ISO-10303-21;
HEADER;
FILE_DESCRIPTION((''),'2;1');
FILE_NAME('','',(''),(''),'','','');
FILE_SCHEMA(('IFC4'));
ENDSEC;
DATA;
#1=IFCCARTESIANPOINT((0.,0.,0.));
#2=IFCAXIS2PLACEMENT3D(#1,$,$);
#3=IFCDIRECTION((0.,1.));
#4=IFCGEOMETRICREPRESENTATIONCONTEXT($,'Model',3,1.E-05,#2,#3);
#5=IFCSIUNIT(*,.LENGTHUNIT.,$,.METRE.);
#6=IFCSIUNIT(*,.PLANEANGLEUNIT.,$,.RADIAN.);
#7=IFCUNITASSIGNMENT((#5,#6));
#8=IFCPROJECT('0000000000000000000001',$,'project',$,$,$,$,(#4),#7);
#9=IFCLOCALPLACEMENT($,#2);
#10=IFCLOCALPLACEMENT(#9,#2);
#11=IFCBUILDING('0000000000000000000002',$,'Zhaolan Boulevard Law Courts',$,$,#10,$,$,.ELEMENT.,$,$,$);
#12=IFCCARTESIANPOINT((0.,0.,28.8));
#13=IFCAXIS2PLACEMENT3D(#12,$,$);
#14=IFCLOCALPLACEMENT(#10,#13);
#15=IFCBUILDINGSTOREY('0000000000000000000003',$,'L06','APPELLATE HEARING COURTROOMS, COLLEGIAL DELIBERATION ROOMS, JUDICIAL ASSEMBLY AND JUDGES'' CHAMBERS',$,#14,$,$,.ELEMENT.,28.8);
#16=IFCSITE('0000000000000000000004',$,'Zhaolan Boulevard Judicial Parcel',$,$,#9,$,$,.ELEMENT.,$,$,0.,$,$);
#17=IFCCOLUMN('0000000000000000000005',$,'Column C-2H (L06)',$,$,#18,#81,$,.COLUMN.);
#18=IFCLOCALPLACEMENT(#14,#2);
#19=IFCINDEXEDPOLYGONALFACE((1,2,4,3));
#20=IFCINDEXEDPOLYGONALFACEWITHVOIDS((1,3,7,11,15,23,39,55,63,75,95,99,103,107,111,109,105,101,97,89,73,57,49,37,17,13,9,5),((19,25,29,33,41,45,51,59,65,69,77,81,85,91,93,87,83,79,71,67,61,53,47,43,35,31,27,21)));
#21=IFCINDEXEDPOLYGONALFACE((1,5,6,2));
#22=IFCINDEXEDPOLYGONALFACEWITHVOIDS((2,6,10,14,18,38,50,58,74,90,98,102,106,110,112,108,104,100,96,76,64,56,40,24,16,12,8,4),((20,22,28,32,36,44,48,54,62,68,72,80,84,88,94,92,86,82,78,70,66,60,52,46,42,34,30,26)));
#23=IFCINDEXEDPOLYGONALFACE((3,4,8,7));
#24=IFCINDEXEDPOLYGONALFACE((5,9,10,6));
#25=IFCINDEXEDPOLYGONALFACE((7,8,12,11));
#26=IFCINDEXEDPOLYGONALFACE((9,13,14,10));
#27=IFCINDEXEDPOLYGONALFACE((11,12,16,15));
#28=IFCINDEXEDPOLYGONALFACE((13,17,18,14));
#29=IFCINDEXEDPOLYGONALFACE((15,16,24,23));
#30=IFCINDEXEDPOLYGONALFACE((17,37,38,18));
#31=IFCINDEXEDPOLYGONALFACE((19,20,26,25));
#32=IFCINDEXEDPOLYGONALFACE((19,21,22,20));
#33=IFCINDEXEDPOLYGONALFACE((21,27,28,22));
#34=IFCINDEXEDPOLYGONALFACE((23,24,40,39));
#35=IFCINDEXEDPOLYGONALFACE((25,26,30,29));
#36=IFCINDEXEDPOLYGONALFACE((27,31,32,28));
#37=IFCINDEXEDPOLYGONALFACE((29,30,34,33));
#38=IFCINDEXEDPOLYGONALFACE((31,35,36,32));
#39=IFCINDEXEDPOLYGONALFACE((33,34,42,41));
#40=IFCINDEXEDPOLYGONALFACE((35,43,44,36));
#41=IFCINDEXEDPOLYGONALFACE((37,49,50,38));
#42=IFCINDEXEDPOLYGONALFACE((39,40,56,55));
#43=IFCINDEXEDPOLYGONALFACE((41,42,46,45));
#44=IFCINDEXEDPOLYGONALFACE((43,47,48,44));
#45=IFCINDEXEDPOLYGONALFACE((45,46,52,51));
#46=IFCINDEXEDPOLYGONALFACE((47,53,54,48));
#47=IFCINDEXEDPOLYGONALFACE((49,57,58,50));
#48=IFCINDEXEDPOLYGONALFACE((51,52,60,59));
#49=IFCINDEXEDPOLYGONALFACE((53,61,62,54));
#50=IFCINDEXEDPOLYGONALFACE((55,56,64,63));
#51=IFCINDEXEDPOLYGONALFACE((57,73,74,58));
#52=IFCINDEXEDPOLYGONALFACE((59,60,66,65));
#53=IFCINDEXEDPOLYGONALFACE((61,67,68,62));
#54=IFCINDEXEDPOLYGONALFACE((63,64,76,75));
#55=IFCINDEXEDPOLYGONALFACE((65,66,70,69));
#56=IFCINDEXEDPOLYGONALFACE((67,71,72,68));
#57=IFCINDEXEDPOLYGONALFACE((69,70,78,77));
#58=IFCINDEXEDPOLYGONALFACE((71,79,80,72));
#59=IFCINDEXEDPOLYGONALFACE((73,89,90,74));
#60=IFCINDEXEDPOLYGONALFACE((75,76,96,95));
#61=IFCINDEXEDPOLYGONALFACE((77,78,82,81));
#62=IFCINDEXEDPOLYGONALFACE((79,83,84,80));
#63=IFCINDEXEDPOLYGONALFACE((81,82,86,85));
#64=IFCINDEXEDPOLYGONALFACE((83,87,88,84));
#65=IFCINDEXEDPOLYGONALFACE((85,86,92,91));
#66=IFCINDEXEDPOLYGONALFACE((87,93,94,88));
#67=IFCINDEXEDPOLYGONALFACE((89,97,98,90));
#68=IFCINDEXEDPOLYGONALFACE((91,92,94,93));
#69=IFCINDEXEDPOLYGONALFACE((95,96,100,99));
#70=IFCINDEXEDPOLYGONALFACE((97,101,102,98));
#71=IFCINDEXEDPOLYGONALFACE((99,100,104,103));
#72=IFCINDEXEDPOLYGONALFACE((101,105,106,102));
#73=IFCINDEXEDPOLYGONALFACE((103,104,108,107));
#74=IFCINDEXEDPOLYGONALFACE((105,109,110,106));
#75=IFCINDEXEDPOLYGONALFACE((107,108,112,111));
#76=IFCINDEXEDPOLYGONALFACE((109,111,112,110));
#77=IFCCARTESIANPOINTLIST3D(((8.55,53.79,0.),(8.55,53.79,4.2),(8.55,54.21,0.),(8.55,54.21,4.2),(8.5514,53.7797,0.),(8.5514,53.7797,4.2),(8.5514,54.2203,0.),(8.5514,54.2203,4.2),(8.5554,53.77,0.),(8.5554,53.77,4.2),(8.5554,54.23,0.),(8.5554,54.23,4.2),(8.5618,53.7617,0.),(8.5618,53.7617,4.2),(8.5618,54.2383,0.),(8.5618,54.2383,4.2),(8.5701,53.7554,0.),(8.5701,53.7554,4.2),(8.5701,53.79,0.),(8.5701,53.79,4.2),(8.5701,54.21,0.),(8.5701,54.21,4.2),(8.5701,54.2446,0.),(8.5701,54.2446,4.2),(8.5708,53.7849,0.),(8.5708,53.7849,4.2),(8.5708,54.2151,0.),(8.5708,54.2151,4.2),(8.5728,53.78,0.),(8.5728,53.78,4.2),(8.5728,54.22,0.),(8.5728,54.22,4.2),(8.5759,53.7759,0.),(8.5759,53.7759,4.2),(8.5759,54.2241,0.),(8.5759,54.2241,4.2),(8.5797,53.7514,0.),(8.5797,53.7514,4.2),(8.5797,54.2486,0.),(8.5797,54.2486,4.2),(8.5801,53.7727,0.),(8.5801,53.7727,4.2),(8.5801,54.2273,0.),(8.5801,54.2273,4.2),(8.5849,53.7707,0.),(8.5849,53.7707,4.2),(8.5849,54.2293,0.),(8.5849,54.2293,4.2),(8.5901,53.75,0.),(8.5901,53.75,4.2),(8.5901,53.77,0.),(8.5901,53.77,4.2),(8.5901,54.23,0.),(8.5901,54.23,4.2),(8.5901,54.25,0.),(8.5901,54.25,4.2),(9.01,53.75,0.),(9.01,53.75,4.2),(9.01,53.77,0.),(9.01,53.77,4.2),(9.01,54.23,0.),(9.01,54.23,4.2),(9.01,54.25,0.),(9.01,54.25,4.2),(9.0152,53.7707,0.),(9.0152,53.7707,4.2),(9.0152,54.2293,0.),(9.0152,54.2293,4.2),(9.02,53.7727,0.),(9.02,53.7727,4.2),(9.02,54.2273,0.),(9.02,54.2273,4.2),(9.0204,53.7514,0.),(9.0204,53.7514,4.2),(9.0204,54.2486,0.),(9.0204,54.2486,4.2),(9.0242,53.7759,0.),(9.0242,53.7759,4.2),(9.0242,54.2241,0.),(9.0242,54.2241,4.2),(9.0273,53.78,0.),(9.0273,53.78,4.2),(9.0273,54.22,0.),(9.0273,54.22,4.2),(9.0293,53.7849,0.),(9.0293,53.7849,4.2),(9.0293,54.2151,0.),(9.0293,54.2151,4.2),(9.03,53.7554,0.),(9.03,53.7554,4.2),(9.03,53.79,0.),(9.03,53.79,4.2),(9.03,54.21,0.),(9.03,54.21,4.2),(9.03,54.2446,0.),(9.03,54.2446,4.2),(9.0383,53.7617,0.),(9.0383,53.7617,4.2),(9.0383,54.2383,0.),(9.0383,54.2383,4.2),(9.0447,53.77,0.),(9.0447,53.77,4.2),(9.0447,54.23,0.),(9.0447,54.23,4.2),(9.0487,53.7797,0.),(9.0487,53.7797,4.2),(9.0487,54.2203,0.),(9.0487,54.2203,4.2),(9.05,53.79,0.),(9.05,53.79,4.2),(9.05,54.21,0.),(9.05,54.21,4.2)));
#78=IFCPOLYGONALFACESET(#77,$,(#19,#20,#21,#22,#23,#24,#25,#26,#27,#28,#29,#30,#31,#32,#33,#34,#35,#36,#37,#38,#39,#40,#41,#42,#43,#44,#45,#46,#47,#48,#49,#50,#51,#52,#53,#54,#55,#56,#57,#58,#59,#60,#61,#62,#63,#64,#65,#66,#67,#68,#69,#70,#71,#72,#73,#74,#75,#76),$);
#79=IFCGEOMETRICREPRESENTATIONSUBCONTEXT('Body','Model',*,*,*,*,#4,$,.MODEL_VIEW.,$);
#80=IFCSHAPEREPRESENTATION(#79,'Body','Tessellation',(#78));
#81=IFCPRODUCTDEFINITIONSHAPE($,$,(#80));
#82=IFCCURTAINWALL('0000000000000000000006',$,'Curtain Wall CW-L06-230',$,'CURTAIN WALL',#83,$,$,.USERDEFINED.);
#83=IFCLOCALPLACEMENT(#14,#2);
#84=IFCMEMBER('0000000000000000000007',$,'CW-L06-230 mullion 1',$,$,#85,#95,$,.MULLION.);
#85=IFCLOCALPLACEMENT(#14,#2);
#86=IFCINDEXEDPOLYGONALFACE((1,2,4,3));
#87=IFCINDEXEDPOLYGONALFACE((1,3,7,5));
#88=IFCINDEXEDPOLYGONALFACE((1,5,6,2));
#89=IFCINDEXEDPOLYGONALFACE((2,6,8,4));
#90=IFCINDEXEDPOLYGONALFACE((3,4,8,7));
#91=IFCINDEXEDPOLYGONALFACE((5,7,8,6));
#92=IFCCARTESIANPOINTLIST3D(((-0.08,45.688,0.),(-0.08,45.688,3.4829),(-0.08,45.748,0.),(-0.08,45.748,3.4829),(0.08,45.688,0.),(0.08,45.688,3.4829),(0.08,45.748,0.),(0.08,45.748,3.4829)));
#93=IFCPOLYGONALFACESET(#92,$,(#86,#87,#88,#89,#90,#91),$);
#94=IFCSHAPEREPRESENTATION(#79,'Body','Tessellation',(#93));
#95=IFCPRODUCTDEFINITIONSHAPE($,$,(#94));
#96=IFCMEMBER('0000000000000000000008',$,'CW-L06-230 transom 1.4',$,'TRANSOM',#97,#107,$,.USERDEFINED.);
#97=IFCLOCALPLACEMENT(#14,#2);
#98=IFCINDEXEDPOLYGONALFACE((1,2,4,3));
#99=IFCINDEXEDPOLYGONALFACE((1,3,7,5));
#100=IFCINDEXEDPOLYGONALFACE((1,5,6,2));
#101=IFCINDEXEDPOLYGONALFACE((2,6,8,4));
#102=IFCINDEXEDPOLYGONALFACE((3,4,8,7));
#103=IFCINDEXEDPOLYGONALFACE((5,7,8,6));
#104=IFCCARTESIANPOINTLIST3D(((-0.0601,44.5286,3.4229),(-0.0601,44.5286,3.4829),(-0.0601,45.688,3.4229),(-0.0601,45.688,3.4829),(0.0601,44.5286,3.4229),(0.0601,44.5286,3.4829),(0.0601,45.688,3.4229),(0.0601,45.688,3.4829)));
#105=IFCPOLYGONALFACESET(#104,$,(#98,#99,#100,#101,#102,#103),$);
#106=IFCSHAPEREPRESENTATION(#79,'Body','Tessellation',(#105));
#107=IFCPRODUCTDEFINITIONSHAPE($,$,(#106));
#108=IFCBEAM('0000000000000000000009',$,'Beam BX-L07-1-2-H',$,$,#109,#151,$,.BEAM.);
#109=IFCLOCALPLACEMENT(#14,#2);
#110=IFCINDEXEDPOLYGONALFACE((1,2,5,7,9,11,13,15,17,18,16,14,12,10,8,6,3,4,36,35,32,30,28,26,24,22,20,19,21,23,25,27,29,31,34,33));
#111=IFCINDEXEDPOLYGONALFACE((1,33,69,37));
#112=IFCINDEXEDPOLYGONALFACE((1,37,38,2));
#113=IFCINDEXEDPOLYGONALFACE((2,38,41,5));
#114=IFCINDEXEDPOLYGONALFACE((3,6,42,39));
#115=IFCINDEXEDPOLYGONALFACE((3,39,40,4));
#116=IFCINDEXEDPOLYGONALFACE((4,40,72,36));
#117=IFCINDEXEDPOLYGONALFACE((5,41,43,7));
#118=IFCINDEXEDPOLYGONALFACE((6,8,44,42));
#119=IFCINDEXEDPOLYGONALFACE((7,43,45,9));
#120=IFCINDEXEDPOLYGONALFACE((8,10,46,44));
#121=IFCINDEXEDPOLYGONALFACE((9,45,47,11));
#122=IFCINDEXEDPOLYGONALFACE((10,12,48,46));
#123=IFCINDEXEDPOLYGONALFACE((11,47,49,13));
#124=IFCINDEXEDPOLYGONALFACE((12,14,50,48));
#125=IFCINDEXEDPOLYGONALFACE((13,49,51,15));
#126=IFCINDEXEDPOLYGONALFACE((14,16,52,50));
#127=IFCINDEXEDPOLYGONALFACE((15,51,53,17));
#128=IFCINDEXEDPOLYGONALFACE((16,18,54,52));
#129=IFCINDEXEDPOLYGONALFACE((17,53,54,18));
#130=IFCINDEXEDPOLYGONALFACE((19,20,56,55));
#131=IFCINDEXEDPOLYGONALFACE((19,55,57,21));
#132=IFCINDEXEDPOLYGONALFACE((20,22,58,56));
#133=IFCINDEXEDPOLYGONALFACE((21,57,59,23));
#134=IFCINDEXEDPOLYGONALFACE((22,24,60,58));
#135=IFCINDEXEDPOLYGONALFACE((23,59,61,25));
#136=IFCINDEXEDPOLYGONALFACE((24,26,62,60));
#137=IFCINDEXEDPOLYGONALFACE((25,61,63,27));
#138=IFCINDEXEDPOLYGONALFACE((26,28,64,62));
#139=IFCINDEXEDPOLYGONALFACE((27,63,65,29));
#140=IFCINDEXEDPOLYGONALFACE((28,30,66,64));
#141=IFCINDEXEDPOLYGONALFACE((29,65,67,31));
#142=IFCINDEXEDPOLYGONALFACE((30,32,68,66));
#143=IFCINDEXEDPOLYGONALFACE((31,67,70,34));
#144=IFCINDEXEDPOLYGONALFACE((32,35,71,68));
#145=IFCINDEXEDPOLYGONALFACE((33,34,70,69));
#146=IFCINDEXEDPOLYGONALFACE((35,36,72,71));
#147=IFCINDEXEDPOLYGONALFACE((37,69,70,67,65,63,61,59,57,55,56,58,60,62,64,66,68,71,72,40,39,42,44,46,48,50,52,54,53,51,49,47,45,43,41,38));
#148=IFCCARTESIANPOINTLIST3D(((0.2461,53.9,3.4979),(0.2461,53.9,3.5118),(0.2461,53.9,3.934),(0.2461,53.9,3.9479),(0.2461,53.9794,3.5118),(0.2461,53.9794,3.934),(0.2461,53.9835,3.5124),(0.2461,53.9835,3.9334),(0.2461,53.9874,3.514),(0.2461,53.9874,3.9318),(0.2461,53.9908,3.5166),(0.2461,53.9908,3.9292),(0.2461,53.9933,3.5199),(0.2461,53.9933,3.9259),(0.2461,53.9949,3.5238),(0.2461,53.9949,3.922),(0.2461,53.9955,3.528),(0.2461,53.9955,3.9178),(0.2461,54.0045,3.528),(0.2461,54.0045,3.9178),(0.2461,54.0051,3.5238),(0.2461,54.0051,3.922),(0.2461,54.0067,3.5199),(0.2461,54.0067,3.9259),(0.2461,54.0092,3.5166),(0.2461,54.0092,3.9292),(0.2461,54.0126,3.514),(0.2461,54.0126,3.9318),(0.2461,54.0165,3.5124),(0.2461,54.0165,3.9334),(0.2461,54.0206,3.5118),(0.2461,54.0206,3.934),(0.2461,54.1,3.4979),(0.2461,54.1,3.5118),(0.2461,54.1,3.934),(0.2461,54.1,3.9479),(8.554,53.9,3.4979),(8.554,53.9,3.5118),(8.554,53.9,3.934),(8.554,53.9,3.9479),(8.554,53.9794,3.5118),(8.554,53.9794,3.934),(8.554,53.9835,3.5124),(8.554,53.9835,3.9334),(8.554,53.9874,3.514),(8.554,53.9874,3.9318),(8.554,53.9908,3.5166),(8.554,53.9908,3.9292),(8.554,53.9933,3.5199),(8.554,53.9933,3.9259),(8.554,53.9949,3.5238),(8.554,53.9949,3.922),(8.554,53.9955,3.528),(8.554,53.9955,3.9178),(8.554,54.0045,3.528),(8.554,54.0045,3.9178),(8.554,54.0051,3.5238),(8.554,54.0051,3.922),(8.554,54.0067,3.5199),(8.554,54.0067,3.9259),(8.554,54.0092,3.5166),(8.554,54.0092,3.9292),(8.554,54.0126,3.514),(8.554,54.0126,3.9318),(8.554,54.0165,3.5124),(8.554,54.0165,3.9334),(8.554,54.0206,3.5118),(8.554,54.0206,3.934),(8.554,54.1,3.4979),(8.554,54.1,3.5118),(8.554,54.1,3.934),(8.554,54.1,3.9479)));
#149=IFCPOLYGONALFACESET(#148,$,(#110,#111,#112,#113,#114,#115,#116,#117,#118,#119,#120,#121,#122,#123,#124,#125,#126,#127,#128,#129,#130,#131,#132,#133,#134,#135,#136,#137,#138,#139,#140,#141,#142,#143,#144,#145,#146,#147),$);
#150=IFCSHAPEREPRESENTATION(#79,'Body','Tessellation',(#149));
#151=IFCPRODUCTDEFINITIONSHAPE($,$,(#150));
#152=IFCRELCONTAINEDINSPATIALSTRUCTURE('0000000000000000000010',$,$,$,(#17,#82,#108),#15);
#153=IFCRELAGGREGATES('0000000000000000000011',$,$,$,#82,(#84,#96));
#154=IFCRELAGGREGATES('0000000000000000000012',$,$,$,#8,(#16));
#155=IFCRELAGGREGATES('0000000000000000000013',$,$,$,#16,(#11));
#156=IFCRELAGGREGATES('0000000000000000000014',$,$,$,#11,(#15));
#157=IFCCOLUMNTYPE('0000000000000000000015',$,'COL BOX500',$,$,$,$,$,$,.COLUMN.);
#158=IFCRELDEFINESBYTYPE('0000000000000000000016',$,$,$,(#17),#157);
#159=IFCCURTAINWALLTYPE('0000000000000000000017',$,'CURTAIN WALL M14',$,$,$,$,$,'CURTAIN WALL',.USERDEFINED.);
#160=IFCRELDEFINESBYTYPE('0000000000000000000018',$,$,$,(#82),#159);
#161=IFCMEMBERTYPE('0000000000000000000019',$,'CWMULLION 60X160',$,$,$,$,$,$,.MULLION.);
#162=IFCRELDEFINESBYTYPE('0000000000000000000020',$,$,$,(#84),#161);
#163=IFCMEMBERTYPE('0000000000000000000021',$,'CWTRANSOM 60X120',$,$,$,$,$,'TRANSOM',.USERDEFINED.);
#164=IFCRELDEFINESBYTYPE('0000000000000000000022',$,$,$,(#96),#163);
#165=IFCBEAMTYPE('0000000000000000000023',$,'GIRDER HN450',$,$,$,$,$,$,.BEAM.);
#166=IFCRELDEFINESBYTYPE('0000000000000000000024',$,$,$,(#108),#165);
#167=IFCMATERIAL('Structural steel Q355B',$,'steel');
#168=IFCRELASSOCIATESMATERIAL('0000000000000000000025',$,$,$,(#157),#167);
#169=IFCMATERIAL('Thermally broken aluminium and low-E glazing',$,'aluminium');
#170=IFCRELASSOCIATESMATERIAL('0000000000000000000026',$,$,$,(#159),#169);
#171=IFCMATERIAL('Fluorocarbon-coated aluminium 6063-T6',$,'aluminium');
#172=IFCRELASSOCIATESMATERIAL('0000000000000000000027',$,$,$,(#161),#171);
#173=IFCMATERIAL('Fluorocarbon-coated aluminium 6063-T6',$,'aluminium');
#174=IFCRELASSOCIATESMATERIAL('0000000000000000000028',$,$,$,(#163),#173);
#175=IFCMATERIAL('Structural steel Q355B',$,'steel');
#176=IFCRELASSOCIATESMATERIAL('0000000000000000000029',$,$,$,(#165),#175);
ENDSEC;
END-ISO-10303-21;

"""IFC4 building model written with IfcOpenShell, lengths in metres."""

from ifc_helpers import new_model, si_unit, direction, frame, origin, origin_2d, place, context, subcontext, project, spatial, rectangle, hollow_rectangle, i_section, extrude, material, material_profile, profile_set, type_object, element, aggregate, save


model = new_model("IFC4")

# Units and contexts
model_context = context("Model", 3, precision=1e-05, world=origin(), true_north=direction((0.0, 1.0)))
body_context = subcontext(model_context, "Body", "Model", "MODEL_VIEW")
ifc_project = project(units=[si_unit("LENGTHUNIT", "METRE"), si_unit("PLANEANGLEUNIT", "RADIAN")], contexts=[model_context])

# Site, building, storey
site_placement = place(None, origin())
site = spatial("IfcSite", under=ifc_project, at=site_placement, Name="Zhaolan Boulevard Judicial Parcel", CompositionType="ELEMENT", RefElevation=0.0)
building_placement = place(site_placement, origin())
building = spatial("IfcBuilding", under=site, at=building_placement, Name="Zhaolan Boulevard Law Courts", CompositionType="ELEMENT")
storey_placement = place(building_placement, frame((0.0, 0.0, 28.8)))
storey = spatial("IfcBuildingStorey", under=building, at=storey_placement, Name="L06", Description="APPELLATE HEARING COURTROOMS, COLLEGIAL DELIBERATION ROOMS, JUDICIAL ASSEMBLY AND JUDGES' CHAMBERS", CompositionType="ELEMENT", Elevation=28.8)

# Column
ifc_material_1 = material(Name="Structural steel Q355B", Category="steel")
ifc_material_profile_1 = material_profile(ifc_material_1, hollow_rectangle(XDim=0.5, YDim=0.5, WallThickness=0.02, InnerFilletRadius=0.02, OuterFilletRadius=0.04, at=origin_2d()), Name="BOX500x500x20")
ifc_profile_set_1 = profile_set([ifc_material_profile_1], Name="Structural steel Q355B")
column_type = type_object("IfcColumnType", Name="COL BOX500", PredefinedType="COLUMN", material=ifc_profile_set_1)
for number, where, z_axis, x_axis, name in (
    (1, (8.8, 54.0, 0.0), (0.0, 0.0, 1.0), (1.0, 0.0, 0.0), "Column C-2H (L06)"),
):
    element("IfcColumn", number, at=place(storey_placement, frame(where, z_axis=z_axis, x_axis=x_axis)), inside=storey, type_object=column_type, Name=name, PredefinedType="COLUMN", context=body_context, shape_type="SweptSolid", body=[
        extrude(hollow_rectangle(XDim=0.5, YDim=0.5, WallThickness=0.02, InnerFilletRadius=0.02, OuterFilletRadius=0.04, at=origin_2d()), origin(), (0.0, 0.0, 1.0), 4.2),
    ])

# Curtain wall, members
ifc_material_2 = material(Name="Thermally broken aluminium and low-E glazing", Category="aluminium")
curtain_wall_type = type_object("IfcCurtainWallType", Name="CURTAIN WALL M14", ElementType="CURTAIN WALL", PredefinedType="USERDEFINED", material=ifc_material_2)
curtain_wall_placement = place(storey_placement, origin())
curtain_wall = element("IfcCurtainWall", 2, at=curtain_wall_placement, inside=storey, type_object=curtain_wall_type, Name="Curtain Wall CW-L06-230", ObjectType="CURTAIN WALL", PredefinedType="USERDEFINED")
ifc_material_3 = material(Name="Fluorocarbon-coated aluminium 6063-T6", Category="aluminium")
ifc_material_profile_2 = material_profile(ifc_material_3, rectangle(XDim=0.1599, YDim=0.0601, at=origin_2d()), Name="AL60x160")
ifc_profile_set_2 = profile_set([ifc_material_profile_2], Name="Fluorocarbon-coated aluminium 6063-T6")
member_type_1 = type_object("IfcMemberType", Name="CWMULLION 60X160", PredefinedType="MULLION", material=ifc_profile_set_2)
member_1_placement = place(storey_placement, frame((0.0, 45.718, 0.0), z_axis=(0.0, 0.0, 1.0), x_axis=(1.0, 0.0, 0.0)))
member_1 = element("IfcMember", 3, at=member_1_placement, type_object=member_type_1, Name="CW-L06-230 mullion 1", PredefinedType="MULLION", context=body_context, shape_type="SweptSolid", body=[
    extrude(rectangle(XDim=0.1599, YDim=0.0601, at=origin_2d()), origin(), (0.0, 0.0, 1.0), 3.4829),
])
ifc_material_4 = material(Name="Fluorocarbon-coated aluminium 6063-T6", Category="aluminium")
ifc_material_profile_3 = material_profile(ifc_material_4, rectangle(XDim=0.1201, YDim=0.0601, at=origin_2d()), Name="AL60x120")
ifc_profile_set_3 = profile_set([ifc_material_profile_3], Name="Fluorocarbon-coated aluminium 6063-T6")
member_type_2 = type_object("IfcMemberType", Name="CWTRANSOM 60X120", ElementType="TRANSOM", PredefinedType="USERDEFINED", material=ifc_profile_set_3)
member_2_placement = place(storey_placement, frame((0.0, 45.688, 3.4529), z_axis=(0.0, -1.0, 0.0), x_axis=(1.0, 0.0, 0.0)))
member_2 = element("IfcMember", 4, at=member_2_placement, type_object=member_type_2, Name="CW-L06-230 transom 1.4", ObjectType="TRANSOM", PredefinedType="USERDEFINED", context=body_context, shape_type="SweptSolid", body=[
    extrude(rectangle(XDim=0.1201, YDim=0.0601, at=origin_2d()), origin(), (0.0, 0.0, 1.0), 1.1594),
])
aggregate(curtain_wall, [member_1, member_2])

# Beam
ifc_material_5 = material(Name="Structural steel Q355B", Category="steel")
ifc_material_profile_4 = material_profile(ifc_material_5, i_section(OverallWidth=0.2, OverallDepth=0.45, WebThickness=0.009, FlangeThickness=0.0139, FilletRadius=0.0161, at=origin_2d()), Name="HN450x200")
ifc_profile_set_4 = profile_set([ifc_material_profile_4], Name="Structural steel Q355B")
beam_type_1 = type_object("IfcBeamType", Name="GIRDER HN450", PredefinedType="BEAM", material=ifc_profile_set_4)
beam_1_placement = place(storey_placement, frame((0.2461, 54.0, 3.7229), z_axis=(1.0, 0.0, 0.0), x_axis=(0.0, 1.0, 0.0)))
element("IfcBeam", 5, at=beam_1_placement, inside=storey, type_object=beam_type_1, Name="Beam BX-L07-1-2-H", PredefinedType="BEAM", context=body_context, shape_type="SweptSolid", body=[
    extrude(i_section(OverallWidth=0.2, OverallDepth=0.45, WebThickness=0.009, FlangeThickness=0.0139, FilletRadius=0.0161, at=origin_2d()), origin(), (0.0, 0.0, 1.0), 8.3079),
])

save(model, "model.ifc")
